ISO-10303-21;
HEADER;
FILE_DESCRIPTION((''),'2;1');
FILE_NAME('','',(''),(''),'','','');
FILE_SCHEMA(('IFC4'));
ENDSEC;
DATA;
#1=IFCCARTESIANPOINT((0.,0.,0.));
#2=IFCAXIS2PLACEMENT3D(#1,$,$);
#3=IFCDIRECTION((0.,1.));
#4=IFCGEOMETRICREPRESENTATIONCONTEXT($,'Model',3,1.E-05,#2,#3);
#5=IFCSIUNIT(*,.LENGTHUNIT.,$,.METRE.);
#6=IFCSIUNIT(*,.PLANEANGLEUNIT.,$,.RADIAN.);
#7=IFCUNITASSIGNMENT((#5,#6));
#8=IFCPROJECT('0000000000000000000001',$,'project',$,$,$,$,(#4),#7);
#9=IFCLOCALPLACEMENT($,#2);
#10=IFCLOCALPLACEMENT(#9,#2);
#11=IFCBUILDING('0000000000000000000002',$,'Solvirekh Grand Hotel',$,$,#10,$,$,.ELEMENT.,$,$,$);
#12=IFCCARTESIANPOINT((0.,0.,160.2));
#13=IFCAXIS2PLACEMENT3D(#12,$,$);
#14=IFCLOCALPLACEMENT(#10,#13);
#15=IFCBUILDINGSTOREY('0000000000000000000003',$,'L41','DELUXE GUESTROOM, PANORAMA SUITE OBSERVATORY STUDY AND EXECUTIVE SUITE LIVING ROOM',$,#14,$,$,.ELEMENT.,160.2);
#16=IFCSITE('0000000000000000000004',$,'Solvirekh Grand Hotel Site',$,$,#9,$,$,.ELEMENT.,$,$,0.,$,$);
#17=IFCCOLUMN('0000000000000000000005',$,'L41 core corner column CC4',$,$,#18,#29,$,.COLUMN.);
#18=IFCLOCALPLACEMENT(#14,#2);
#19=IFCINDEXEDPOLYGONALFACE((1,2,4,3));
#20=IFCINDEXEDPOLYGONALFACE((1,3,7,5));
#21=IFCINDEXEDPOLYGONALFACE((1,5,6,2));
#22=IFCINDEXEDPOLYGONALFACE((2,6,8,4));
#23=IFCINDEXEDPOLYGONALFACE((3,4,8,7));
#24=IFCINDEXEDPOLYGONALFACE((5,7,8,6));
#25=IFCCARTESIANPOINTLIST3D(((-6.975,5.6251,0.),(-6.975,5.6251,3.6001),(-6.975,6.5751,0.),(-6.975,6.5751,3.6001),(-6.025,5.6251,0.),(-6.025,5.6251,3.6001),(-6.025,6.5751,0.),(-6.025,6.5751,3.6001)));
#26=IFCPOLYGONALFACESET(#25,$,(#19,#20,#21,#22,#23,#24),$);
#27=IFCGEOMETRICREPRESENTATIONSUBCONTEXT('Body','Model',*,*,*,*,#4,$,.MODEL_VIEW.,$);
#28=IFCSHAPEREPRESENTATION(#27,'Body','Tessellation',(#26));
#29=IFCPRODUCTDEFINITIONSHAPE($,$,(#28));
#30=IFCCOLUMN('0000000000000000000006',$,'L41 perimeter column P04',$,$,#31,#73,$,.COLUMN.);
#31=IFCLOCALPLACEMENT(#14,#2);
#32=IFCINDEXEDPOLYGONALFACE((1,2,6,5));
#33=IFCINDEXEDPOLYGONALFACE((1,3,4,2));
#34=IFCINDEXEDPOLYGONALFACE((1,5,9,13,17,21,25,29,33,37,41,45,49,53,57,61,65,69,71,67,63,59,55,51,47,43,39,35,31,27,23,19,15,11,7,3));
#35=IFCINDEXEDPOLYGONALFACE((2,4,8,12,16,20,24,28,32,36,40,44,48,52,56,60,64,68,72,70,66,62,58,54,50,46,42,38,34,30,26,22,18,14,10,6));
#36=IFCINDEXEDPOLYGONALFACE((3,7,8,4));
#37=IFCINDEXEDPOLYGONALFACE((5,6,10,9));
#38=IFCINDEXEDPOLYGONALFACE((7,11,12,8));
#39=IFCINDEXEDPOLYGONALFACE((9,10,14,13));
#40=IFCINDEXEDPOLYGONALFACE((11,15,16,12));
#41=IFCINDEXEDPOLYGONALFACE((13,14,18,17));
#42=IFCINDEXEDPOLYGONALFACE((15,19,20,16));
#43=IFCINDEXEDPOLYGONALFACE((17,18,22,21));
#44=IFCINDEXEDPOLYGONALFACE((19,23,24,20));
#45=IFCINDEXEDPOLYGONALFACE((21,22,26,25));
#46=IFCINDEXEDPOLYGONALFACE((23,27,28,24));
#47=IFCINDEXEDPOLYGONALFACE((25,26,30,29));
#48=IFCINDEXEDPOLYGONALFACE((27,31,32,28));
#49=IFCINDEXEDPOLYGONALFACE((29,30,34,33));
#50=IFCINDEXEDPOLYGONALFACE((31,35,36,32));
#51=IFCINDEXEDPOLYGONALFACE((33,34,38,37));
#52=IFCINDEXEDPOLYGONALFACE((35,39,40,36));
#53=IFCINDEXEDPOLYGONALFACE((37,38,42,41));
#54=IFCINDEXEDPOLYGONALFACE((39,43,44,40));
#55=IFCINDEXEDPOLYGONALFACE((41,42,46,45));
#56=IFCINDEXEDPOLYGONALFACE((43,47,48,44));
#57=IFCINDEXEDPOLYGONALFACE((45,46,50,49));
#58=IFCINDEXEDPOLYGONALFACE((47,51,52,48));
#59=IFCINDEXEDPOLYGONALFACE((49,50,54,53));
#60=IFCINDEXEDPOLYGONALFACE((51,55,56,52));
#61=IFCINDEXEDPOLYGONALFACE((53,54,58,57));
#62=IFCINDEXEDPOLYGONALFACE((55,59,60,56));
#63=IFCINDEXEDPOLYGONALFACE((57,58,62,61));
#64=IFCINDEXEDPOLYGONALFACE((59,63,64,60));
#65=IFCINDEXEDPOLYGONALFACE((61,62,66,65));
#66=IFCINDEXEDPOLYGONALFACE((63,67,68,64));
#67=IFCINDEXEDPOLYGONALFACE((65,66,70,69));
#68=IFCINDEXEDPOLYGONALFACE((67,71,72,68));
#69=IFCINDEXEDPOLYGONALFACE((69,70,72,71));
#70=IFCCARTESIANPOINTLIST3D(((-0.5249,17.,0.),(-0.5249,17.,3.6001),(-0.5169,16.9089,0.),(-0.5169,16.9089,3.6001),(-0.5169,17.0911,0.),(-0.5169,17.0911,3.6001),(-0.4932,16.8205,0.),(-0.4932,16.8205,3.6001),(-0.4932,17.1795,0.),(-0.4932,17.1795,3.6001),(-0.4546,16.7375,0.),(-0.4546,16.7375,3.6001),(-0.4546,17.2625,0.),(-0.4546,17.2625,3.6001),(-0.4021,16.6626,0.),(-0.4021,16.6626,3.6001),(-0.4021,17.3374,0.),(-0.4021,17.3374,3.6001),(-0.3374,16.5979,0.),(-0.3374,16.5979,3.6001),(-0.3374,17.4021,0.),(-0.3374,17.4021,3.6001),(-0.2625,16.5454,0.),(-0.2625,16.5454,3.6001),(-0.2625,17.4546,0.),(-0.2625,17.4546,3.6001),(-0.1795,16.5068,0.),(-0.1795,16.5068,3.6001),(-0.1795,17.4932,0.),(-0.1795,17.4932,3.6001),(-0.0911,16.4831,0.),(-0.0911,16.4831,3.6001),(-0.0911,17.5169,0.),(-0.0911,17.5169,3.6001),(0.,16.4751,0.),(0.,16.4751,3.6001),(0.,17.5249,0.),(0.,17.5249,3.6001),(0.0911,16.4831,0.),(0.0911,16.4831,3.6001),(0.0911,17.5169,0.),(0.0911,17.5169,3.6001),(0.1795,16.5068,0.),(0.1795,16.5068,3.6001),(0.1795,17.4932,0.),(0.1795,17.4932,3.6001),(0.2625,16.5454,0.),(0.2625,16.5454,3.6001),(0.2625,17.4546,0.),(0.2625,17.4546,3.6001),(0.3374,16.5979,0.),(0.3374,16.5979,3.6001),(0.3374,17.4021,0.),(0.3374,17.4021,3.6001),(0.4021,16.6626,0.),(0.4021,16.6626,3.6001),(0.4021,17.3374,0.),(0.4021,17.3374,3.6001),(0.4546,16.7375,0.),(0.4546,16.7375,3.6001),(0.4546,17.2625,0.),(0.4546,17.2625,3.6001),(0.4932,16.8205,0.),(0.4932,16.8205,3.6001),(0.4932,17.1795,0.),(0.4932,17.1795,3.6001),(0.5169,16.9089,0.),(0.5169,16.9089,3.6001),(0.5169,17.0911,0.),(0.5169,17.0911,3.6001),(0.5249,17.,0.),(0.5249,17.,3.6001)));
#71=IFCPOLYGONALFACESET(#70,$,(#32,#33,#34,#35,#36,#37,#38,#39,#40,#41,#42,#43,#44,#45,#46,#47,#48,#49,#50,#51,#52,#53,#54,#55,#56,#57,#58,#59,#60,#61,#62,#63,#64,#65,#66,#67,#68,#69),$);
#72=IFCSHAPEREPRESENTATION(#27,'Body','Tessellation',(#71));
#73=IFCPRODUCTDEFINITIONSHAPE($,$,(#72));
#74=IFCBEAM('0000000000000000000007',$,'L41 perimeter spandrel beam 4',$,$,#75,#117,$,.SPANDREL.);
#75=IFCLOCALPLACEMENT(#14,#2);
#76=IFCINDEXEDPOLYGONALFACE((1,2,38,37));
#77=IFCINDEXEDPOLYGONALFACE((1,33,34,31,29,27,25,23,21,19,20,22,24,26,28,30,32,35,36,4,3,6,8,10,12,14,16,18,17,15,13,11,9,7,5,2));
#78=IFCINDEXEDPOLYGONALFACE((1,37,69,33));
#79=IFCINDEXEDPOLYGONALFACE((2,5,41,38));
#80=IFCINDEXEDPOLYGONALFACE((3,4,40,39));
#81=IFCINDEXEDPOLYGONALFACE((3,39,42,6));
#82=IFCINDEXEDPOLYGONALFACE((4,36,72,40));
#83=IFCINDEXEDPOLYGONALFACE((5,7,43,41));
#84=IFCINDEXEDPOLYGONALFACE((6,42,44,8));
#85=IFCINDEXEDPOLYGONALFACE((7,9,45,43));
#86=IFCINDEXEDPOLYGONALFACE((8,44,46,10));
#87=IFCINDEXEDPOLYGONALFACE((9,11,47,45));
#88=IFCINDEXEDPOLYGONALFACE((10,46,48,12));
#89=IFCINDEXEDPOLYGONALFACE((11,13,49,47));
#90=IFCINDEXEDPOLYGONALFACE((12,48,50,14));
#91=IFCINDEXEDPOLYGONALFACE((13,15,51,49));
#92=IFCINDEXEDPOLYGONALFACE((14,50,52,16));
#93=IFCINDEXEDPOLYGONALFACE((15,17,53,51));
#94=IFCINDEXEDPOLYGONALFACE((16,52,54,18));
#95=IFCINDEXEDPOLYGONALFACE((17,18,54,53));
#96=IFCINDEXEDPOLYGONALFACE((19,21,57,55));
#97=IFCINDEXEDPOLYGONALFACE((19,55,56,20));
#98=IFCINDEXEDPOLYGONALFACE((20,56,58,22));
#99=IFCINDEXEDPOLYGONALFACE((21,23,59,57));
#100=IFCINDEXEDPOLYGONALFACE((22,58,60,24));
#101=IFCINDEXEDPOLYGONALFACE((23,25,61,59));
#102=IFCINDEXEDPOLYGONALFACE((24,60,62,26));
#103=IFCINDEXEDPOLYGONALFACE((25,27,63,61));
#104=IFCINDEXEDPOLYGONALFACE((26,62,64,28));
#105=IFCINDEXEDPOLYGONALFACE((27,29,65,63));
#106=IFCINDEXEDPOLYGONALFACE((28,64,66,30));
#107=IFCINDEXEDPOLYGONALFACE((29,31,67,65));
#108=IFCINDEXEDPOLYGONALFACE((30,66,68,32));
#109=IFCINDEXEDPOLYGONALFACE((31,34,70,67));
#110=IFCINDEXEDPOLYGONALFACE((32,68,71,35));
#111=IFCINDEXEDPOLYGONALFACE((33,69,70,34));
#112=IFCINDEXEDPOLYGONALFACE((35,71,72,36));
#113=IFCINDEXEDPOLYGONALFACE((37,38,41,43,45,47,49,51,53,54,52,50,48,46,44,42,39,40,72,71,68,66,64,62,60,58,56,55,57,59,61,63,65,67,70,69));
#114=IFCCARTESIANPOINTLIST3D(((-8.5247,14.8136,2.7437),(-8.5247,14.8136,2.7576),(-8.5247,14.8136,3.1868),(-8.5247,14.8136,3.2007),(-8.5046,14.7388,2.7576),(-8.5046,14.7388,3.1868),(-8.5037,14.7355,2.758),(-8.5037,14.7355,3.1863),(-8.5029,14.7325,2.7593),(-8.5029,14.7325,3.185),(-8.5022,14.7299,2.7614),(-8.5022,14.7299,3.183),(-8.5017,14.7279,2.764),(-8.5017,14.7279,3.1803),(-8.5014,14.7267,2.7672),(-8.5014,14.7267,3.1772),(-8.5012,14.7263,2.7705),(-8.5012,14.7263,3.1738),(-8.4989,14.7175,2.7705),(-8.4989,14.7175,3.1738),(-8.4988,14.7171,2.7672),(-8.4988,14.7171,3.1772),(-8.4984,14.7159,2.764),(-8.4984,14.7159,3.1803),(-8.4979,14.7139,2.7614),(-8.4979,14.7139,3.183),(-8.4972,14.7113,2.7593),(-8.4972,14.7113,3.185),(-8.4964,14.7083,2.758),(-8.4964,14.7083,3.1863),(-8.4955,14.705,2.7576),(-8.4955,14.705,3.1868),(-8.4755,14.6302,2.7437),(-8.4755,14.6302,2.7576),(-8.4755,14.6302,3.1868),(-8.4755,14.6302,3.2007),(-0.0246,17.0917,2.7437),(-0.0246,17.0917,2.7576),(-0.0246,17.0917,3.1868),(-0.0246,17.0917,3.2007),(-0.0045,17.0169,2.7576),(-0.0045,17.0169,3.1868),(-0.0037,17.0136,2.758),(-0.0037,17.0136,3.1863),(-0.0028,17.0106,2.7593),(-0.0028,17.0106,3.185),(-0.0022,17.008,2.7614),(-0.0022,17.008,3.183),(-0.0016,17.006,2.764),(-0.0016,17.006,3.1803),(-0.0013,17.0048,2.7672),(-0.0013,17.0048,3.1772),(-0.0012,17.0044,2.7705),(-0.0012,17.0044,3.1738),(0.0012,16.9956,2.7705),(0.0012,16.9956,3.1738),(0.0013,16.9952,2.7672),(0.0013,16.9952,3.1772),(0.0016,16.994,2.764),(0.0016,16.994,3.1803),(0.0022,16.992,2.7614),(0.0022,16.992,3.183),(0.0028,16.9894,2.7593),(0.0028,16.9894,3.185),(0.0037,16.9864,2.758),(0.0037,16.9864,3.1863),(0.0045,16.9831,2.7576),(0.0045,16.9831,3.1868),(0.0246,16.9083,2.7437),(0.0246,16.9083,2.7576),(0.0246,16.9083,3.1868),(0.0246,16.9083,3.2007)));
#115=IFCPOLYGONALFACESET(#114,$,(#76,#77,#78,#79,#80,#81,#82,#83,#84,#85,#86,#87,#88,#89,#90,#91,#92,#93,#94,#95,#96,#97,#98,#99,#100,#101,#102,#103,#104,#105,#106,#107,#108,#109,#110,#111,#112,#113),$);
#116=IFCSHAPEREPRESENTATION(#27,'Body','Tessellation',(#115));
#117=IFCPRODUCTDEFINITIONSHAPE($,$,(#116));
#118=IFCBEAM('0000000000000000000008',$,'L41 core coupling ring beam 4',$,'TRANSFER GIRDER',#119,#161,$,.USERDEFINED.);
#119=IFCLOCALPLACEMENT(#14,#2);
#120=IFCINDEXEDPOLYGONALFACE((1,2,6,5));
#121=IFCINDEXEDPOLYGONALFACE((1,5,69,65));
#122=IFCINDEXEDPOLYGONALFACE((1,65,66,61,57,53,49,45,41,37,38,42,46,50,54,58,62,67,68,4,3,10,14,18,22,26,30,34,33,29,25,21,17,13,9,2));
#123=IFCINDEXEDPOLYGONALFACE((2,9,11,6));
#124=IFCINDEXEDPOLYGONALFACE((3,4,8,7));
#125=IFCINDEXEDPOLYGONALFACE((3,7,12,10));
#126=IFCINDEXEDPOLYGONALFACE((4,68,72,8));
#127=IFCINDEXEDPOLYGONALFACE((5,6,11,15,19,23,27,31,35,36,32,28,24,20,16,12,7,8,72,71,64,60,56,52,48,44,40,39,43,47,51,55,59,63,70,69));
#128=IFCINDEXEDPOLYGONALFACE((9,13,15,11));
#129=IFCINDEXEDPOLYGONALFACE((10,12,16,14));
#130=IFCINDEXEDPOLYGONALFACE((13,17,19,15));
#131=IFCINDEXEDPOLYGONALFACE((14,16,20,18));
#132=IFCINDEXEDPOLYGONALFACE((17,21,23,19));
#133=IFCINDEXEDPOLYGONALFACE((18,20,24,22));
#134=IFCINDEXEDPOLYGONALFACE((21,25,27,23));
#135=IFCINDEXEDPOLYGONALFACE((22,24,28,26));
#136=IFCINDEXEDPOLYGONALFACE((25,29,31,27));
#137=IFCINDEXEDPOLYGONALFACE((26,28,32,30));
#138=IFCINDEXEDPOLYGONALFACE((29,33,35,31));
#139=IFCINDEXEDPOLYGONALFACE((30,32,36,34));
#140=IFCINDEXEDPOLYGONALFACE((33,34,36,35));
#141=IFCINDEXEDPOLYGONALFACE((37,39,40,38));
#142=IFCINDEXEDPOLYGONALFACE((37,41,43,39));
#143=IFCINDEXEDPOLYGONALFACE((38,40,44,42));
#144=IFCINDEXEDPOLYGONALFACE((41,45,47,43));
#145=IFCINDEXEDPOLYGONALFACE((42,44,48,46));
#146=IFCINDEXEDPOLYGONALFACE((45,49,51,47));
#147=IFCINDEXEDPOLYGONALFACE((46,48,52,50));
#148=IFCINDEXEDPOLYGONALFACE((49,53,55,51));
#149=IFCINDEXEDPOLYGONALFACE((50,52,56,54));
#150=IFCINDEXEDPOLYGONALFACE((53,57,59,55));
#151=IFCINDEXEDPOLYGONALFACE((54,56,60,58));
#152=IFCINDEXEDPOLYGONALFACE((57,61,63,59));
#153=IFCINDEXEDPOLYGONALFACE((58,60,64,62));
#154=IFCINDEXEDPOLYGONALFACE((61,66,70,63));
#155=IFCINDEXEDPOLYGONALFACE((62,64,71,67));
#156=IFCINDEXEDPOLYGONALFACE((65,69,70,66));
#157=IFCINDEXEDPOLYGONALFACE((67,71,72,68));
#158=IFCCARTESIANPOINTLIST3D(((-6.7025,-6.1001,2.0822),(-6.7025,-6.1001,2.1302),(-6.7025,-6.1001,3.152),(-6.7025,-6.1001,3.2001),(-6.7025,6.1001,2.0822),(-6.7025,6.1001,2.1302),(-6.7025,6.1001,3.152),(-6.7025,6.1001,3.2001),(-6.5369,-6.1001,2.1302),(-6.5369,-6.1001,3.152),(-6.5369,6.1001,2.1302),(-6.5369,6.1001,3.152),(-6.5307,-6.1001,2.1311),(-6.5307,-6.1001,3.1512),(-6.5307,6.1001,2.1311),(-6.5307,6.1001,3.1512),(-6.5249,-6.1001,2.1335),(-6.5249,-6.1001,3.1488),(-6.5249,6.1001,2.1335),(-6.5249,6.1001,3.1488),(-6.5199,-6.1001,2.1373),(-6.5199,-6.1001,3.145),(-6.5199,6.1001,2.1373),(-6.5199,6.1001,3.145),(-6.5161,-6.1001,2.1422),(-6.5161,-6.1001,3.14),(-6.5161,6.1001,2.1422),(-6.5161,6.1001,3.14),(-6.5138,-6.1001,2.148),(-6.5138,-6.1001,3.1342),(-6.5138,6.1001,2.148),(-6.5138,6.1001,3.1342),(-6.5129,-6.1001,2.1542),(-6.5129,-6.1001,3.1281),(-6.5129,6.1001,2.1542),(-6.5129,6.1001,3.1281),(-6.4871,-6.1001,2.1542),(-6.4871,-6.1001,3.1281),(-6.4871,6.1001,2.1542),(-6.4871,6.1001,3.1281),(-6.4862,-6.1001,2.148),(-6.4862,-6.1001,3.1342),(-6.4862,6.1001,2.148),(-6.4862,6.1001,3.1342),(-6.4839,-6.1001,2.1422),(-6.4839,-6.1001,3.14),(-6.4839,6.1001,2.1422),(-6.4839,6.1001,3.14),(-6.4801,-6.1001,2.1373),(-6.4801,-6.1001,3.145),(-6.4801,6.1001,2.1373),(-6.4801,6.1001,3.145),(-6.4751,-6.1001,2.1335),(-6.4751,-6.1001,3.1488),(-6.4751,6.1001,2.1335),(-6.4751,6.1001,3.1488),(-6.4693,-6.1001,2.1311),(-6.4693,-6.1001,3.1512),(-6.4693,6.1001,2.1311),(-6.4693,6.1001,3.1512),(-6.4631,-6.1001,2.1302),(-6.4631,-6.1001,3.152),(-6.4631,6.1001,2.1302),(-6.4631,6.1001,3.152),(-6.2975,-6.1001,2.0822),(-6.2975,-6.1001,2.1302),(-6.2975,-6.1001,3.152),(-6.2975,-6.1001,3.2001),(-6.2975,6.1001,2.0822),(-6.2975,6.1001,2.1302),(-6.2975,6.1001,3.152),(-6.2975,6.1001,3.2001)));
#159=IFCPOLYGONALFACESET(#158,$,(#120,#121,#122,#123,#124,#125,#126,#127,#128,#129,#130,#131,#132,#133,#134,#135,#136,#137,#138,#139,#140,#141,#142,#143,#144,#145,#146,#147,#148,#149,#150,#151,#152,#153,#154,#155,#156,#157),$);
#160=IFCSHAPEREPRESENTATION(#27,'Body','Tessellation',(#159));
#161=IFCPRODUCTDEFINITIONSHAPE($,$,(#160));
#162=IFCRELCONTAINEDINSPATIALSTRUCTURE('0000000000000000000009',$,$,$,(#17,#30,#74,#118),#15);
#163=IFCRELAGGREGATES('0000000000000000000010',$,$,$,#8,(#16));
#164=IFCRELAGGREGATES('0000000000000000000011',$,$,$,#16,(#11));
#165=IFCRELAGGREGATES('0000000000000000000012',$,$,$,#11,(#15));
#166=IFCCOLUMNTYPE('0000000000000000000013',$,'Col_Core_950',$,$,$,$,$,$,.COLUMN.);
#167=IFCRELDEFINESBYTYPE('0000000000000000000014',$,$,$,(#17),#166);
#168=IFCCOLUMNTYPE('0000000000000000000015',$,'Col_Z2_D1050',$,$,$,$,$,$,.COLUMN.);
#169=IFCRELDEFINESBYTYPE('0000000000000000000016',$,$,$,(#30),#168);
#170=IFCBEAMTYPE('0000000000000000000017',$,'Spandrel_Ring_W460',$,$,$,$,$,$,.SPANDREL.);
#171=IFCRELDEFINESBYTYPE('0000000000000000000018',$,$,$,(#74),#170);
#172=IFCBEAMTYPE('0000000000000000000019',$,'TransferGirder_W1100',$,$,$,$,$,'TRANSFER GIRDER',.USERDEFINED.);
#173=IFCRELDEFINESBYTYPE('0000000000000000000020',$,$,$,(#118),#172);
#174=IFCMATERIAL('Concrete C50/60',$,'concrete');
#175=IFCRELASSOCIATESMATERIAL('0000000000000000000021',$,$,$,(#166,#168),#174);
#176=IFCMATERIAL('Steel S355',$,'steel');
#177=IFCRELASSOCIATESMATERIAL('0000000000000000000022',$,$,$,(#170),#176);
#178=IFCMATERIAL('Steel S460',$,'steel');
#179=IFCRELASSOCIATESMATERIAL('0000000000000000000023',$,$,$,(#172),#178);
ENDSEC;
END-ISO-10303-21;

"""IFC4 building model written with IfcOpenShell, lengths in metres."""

from ifc_helpers import new_model, si_unit, direction, frame, origin, origin_2d, place, context, subcontext, project, spatial, rectangle, circle, i_section, extrude, material, material_profile, profile_set, type_object, element, save


model = new_model("IFC4")

# Units and contexts
model_context = context("Model", 3, precision=1e-05, world=origin(), true_north=direction((0.0, 1.0)))
body_context = subcontext(model_context, "Body", "Model", "MODEL_VIEW")
ifc_project = project(units=[si_unit("LENGTHUNIT", "METRE"), si_unit("PLANEANGLEUNIT", "RADIAN")], contexts=[model_context])

# Site, building, storey
site_placement = place(None, origin())
site = spatial("IfcSite", under=ifc_project, at=site_placement, Name="Solvirekh Grand Hotel Site", CompositionType="ELEMENT", RefElevation=0.0)
building_placement = place(site_placement, origin())
building = spatial("IfcBuilding", under=site, at=building_placement, Name="Solvirekh Grand Hotel", CompositionType="ELEMENT")
storey_placement = place(building_placement, frame((0.0, 0.0, 160.2)))
storey = spatial("IfcBuildingStorey", under=building, at=storey_placement, Name="L41", Description="DELUXE GUESTROOM, PANORAMA SUITE OBSERVATORY STUDY AND EXECUTIVE SUITE LIVING ROOM", CompositionType="ELEMENT", Elevation=160.2)

# Columns
ifc_material_1 = material(Name="Concrete C50/60", Category="concrete")
ifc_material_profile_1 = material_profile(ifc_material_1, rectangle(XDim=0.95, YDim=0.95, at=origin_2d()), Name="RC 950X950")
ifc_profile_set_1 = profile_set([ifc_material_profile_1], Name="Concrete C50/60")
column_type_1 = type_object("IfcColumnType", Name="Col_Core_950", PredefinedType="COLUMN", material=ifc_profile_set_1)
column_1_placement = place(storey_placement, frame((-6.5, 6.1001, 0.0), z_axis=(0.0, 0.0, 1.0), x_axis=(1.0, 0.0, 0.0)))
element("IfcColumn", 1, at=column_1_placement, inside=storey, type_object=column_type_1, Name="L41 core corner column CC4", PredefinedType="COLUMN", context=body_context, shape_type="SweptSolid", body=[
    extrude(rectangle(XDim=0.95, YDim=0.95, at=origin_2d()), origin(), (0.0, 0.0, 1.0), 3.6001),
])
ifc_material_profile_2 = material_profile(ifc_material_1, circle(Radius=0.5249, at=origin_2d()), Name="RC CIRC D1050")
ifc_profile_set_2 = profile_set([ifc_material_profile_2], Name="Concrete C50/60")
column_type_2 = type_object("IfcColumnType", Name="Col_Z2_D1050", PredefinedType="COLUMN", material=ifc_profile_set_2)
column_2_placement = place(storey_placement, frame((0.0, 17.0, 0.0), z_axis=(0.0, 0.0, 1.0), x_axis=(1.0, 0.0, 0.0)))
element("IfcColumn", 2, at=column_2_placement, inside=storey, type_object=column_type_2, Name="L41 perimeter column P04", PredefinedType="COLUMN", context=body_context, shape_type="SweptSolid", body=[
    extrude(circle(Radius=0.5249, at=origin_2d()), origin(), (0.0, 0.0, 1.0), 3.6001),
])

# Beams
ifc_material_2 = material(Name="Steel S355", Category="steel")
ifc_material_profile_3 = material_profile(ifc_material_2, i_section(OverallWidth=0.1899, OverallDepth=0.457, WebThickness=0.009, FlangeThickness=0.0139, FilletRadius=0.0129, at=origin_2d()), Name="W460X74")
ifc_profile_set_3 = profile_set([ifc_material_profile_3], Name="Steel S355")
beam_type_1 = type_object("IfcBeamType", Name="Spandrel_Ring_W460", PredefinedType="SPANDREL", material=ifc_profile_set_3)
beam_1_placement = place(storey_placement, frame((0.0, 17.0, 2.9722), z_axis=(-0.965911, -0.258873, 0.0), x_axis=(0.258873, -0.965911, 0.0)))
element("IfcBeam", 3, at=beam_1_placement, inside=storey, type_object=beam_type_1, Name="L41 perimeter spandrel beam 4", PredefinedType="SPANDREL", context=body_context, shape_type="SweptSolid", body=[
    extrude(i_section(OverallWidth=0.1899, OverallDepth=0.457, WebThickness=0.009, FlangeThickness=0.0139, FilletRadius=0.0129, at=origin_2d()), origin(), (0.0, 0.0, 1.0), 8.8),
])
ifc_material_3 = material(Name="Steel S460", Category="steel")
ifc_material_profile_4 = material_profile(ifc_material_3, i_section(OverallWidth=0.405, OverallDepth=1.1179, WebThickness=0.0259, FlangeThickness=0.0481, FilletRadius=0.0239, at=origin_2d()), Name="W1100X499")
ifc_profile_set_4 = profile_set([ifc_material_profile_4], Name="Steel S460")
beam_type_2 = type_object("IfcBeamType", Name="TransferGirder_W1100", ElementType="TRANSFER GIRDER", PredefinedType="USERDEFINED", material=ifc_profile_set_4)
beam_2_placement = place(storey_placement, frame((-6.5, 6.1001, 2.6411), z_axis=(0.0, -1.0, 0.0), x_axis=(1.0, 0.0, 0.0)))
element("IfcBeam", 4, at=beam_2_placement, inside=storey, type_object=beam_type_2, Name="L41 core coupling ring beam 4", ObjectType="TRANSFER GIRDER", PredefinedType="USERDEFINED", context=body_context, shape_type="SweptSolid", body=[
    extrude(i_section(OverallWidth=0.405, OverallDepth=1.1179, WebThickness=0.0259, FlangeThickness=0.0481, FilletRadius=0.0239, at=origin_2d()), origin(), (0.0, 0.0, 1.0), 12.2002),
])

save(model, "model.ifc")
